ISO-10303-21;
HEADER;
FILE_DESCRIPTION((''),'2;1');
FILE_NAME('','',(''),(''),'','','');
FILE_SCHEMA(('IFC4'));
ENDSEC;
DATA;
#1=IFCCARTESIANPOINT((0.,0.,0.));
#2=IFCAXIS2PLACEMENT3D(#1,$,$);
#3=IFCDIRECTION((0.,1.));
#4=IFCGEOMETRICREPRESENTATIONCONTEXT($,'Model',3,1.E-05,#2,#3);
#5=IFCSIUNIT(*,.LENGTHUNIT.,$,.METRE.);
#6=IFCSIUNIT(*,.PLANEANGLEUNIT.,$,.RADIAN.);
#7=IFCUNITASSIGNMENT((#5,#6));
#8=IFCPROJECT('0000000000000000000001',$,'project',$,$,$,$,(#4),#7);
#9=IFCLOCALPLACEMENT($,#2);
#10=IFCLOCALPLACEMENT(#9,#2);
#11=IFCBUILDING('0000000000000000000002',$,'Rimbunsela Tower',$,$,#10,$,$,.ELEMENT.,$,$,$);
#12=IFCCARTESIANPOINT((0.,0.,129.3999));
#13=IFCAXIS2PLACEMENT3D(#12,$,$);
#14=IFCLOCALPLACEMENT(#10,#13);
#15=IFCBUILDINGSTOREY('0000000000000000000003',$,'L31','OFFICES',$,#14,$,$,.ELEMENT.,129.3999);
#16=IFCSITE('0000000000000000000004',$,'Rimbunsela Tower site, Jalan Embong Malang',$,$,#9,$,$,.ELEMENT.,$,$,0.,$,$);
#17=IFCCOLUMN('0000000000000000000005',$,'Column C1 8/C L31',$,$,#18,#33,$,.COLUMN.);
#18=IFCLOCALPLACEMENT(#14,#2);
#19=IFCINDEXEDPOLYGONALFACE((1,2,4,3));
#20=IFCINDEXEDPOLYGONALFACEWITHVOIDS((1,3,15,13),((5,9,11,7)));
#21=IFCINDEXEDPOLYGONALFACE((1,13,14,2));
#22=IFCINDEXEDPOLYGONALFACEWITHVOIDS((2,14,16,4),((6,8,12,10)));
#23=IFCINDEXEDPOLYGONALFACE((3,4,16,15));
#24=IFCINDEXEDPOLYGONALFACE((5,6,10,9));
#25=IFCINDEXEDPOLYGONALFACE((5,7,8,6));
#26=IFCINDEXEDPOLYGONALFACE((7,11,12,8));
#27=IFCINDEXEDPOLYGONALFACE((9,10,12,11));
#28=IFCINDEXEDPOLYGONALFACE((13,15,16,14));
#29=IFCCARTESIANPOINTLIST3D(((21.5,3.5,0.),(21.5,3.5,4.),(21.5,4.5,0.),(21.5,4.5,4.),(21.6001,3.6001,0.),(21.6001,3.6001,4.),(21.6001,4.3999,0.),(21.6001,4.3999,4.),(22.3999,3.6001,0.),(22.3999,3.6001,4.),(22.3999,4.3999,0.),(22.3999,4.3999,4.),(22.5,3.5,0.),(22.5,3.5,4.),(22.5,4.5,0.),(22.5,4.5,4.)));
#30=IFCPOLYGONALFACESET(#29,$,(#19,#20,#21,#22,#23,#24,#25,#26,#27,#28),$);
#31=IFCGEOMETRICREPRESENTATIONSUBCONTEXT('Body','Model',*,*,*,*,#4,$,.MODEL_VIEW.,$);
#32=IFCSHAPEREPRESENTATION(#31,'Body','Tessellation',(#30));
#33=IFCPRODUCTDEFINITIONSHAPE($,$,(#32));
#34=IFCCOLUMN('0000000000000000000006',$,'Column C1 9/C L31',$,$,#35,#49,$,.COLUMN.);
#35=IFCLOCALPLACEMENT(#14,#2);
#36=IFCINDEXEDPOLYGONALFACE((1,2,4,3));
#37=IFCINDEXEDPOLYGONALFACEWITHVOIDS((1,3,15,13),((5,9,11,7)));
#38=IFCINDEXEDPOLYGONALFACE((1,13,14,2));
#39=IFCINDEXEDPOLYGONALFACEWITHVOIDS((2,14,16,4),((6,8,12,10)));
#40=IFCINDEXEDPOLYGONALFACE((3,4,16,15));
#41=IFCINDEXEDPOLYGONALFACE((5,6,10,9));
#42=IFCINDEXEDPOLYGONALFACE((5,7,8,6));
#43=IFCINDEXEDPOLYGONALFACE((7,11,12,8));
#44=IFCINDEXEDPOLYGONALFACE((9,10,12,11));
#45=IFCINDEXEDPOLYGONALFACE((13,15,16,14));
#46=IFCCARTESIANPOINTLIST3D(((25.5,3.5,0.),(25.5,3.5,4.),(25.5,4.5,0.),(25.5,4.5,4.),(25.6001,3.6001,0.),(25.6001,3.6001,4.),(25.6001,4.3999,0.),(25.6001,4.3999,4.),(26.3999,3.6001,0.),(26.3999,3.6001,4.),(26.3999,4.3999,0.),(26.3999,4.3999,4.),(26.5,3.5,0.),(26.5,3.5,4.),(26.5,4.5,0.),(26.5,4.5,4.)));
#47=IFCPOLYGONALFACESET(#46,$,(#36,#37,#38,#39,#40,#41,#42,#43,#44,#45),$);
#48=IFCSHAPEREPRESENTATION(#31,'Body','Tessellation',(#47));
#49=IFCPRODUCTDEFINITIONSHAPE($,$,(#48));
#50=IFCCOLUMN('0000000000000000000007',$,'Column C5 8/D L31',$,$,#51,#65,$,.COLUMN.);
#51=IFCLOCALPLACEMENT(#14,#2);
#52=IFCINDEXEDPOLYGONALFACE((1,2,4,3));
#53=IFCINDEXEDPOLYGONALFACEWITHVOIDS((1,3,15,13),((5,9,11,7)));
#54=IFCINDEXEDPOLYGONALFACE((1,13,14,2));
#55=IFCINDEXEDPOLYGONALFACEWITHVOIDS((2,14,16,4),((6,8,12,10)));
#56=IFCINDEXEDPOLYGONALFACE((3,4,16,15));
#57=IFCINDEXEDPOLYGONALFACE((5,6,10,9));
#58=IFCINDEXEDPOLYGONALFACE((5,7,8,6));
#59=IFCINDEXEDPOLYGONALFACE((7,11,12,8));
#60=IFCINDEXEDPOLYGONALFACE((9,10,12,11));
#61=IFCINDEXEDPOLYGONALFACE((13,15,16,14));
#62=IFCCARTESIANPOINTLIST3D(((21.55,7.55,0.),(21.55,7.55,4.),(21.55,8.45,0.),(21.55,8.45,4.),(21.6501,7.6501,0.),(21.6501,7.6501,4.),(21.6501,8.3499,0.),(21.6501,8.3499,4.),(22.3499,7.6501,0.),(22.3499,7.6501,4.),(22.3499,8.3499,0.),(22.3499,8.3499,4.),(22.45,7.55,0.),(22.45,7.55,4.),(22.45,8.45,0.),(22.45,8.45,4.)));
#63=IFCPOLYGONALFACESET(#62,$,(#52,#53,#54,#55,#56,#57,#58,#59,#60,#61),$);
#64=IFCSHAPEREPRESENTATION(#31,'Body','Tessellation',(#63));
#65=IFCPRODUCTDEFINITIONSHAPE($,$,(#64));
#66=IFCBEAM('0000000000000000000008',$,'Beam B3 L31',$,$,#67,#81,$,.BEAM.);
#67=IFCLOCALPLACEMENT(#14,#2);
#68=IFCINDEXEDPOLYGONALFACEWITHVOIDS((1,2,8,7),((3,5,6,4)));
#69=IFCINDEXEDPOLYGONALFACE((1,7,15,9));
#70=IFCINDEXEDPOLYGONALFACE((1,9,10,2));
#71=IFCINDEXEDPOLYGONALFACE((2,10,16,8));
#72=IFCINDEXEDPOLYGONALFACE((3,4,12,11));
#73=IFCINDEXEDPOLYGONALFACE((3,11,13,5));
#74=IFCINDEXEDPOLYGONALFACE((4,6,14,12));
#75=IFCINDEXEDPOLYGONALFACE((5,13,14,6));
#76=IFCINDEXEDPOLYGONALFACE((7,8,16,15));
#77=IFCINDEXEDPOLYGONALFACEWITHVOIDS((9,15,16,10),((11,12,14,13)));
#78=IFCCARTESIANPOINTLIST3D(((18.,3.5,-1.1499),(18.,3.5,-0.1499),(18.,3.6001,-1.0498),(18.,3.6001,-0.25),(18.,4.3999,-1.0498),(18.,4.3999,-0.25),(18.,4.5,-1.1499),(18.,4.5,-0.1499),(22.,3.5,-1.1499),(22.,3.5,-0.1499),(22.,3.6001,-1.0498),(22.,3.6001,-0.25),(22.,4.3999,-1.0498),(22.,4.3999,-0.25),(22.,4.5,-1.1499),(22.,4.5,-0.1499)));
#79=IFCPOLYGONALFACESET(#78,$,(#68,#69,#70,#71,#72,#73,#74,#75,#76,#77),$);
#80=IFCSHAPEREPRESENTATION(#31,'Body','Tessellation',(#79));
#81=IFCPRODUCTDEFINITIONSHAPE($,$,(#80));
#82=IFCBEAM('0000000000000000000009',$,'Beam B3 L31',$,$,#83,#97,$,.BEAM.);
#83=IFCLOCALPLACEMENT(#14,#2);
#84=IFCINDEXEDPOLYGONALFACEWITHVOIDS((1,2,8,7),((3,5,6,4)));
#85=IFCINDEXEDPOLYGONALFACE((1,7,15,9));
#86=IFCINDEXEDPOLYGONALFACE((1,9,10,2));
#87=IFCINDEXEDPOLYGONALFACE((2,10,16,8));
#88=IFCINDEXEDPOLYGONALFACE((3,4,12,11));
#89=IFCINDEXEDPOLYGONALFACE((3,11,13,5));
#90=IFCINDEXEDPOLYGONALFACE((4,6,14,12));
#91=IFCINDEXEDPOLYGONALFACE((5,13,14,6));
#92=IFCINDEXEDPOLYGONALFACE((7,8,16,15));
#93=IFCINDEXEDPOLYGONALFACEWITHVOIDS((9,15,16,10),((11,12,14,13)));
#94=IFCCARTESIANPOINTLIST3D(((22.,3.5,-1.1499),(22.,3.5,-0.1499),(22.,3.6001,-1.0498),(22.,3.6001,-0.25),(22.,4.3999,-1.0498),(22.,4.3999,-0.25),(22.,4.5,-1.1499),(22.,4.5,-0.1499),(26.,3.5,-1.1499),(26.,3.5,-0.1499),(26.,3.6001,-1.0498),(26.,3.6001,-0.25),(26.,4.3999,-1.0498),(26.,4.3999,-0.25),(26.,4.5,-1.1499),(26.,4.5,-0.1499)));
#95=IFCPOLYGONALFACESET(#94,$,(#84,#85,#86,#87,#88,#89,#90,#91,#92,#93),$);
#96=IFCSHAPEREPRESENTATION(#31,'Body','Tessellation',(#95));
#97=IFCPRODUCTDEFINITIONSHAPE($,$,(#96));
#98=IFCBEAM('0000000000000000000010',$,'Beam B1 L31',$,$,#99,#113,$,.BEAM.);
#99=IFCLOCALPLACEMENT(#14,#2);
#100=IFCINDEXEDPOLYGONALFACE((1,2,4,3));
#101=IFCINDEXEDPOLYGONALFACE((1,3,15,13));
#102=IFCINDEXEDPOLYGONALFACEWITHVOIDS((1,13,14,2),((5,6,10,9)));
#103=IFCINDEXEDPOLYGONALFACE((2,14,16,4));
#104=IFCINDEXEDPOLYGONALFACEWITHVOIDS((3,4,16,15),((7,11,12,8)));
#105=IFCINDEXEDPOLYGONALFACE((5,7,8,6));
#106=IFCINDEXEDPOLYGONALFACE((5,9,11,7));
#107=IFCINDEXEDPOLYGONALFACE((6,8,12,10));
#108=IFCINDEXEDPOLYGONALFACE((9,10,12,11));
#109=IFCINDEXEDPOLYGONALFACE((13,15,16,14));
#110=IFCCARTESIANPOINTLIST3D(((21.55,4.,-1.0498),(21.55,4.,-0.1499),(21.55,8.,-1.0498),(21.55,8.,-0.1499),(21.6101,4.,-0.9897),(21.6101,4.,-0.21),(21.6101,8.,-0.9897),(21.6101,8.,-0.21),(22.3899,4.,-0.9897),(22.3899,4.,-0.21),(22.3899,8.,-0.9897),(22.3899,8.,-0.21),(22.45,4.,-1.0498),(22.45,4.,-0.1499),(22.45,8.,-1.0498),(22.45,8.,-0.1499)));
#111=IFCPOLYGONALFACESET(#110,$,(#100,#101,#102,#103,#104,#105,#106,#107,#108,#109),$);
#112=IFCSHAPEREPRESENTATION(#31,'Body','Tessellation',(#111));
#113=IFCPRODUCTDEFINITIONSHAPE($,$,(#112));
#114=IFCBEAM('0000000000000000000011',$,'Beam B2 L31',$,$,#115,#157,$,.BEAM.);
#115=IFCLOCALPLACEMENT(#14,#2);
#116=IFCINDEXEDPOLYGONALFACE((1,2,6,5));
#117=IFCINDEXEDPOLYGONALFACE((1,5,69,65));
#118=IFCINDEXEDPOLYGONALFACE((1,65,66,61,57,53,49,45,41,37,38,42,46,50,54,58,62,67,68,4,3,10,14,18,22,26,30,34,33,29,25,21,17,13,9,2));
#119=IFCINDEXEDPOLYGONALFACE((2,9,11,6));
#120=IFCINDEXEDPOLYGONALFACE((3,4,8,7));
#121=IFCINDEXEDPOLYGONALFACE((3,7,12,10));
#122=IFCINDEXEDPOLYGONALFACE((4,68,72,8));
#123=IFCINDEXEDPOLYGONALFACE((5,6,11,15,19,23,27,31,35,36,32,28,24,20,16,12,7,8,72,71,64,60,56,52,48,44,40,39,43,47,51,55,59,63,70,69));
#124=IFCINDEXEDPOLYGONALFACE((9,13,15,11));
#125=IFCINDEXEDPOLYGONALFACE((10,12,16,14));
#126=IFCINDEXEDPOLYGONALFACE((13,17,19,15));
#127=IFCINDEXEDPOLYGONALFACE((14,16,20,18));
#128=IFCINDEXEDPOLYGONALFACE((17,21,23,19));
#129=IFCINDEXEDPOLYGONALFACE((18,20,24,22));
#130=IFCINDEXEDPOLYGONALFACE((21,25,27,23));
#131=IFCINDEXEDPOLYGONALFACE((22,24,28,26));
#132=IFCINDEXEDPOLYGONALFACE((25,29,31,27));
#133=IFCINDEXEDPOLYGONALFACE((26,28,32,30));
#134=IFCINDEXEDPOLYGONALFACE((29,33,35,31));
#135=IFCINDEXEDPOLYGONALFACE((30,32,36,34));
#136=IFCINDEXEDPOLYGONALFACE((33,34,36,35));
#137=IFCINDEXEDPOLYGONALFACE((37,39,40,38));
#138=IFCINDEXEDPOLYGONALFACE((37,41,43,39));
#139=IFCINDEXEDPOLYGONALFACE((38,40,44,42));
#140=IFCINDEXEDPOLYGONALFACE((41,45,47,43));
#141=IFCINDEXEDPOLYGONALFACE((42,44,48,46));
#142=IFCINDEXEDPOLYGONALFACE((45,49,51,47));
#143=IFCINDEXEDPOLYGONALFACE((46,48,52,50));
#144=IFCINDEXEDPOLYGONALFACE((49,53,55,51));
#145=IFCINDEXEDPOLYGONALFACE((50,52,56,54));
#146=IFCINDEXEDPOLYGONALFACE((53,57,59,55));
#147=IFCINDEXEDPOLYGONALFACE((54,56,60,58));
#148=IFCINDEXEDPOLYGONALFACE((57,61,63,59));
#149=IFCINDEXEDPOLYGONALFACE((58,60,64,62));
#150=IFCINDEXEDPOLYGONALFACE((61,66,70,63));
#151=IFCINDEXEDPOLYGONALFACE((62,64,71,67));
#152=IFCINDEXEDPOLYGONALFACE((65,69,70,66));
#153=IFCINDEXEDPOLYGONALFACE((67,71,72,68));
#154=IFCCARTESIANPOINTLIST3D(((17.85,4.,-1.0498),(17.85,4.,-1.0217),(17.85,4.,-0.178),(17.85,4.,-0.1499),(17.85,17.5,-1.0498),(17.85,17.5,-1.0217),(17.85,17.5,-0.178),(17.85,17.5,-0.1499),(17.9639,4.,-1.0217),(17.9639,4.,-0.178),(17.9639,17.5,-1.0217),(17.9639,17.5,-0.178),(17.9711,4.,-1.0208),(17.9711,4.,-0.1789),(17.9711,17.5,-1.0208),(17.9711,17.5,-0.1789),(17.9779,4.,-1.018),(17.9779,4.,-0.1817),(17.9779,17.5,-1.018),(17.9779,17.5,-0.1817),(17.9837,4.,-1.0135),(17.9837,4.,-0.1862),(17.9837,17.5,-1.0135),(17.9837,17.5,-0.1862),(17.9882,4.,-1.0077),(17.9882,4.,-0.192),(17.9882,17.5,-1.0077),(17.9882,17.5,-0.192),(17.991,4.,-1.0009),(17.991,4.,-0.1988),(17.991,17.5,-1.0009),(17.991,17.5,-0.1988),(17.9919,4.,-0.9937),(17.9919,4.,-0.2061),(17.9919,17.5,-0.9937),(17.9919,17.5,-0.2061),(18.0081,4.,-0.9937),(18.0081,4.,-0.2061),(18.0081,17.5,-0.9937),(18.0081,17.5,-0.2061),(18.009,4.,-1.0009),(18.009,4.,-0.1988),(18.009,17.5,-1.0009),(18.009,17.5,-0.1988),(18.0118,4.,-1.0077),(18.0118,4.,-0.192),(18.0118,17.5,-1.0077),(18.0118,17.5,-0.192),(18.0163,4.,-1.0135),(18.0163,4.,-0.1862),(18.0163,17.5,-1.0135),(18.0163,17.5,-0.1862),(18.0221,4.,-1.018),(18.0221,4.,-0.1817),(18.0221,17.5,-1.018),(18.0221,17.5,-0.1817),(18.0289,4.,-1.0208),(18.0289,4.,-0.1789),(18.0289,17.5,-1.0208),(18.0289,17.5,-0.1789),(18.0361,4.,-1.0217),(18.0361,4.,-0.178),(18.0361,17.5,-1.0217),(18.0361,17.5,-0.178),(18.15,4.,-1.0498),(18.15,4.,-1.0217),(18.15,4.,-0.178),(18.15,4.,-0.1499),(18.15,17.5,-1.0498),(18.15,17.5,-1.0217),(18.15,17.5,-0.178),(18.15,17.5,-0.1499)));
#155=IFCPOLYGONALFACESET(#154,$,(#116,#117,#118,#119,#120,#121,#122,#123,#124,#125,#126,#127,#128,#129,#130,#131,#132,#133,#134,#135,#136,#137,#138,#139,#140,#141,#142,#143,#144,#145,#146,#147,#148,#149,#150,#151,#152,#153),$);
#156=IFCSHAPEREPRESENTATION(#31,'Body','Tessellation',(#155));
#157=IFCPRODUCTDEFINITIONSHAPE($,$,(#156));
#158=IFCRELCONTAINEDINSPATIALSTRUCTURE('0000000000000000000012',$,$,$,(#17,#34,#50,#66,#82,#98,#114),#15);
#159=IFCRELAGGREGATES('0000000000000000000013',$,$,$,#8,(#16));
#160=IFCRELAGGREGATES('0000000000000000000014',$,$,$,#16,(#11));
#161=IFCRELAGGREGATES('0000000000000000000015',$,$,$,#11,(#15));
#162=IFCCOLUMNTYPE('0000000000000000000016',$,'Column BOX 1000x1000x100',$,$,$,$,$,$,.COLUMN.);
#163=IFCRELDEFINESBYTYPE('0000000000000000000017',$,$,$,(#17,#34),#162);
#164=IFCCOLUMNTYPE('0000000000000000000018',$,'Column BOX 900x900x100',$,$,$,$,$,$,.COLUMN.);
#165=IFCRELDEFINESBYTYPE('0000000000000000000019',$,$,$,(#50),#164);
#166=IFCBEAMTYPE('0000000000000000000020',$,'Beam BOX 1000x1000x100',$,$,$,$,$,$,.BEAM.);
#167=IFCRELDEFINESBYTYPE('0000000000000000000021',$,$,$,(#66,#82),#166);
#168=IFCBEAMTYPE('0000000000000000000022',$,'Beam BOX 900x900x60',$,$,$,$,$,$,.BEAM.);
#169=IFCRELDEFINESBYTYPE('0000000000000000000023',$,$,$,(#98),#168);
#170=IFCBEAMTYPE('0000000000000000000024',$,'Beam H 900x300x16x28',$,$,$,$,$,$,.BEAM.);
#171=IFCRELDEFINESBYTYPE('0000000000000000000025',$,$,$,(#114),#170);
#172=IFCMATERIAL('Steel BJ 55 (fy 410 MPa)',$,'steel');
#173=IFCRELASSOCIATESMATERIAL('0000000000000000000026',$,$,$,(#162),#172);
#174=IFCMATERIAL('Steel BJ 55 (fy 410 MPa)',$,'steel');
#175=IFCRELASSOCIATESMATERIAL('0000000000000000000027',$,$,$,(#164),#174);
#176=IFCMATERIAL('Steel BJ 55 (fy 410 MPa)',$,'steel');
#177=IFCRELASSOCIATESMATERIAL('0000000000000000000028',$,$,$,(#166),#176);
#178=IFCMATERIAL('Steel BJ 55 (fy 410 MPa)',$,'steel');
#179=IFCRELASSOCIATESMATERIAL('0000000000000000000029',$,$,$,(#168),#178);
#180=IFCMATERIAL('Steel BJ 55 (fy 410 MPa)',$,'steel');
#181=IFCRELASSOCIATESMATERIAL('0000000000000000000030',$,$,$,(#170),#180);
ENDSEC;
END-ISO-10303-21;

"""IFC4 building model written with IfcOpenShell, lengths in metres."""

from ifc_helpers import new_model, si_unit, direction, frame, origin, origin_2d, place, context, subcontext, project, spatial, hollow_rectangle, i_section, extrude, material, material_profile, profile_set, type_object, element, save


model = new_model("IFC4")

# Units and contexts
model_context = context("Model", 3, precision=1e-05, world=origin(), true_north=direction((0.0, 1.0)))
body_context = subcontext(model_context, "Body", "Model", "MODEL_VIEW")
ifc_project = project(units=[si_unit("LENGTHUNIT", "METRE"), si_unit("PLANEANGLEUNIT", "RADIAN")], contexts=[model_context])

# Site, building, storey
site_placement = place(None, origin())
site = spatial("IfcSite", under=ifc_project, at=site_placement, Name="Rimbunsela Tower site, Jalan Embong Malang", CompositionType="ELEMENT", RefElevation=0.0)
building_placement = place(site_placement, origin())
building = spatial("IfcBuilding", under=site, at=building_placement, Name="Rimbunsela Tower", CompositionType="ELEMENT")
storey_placement = place(building_placement, frame((0.0, 0.0, 129.3999)))
storey = spatial("IfcBuildingStorey", under=building, at=storey_placement, Name="L31", Description="OFFICES", CompositionType="ELEMENT", Elevation=129.3999)

# Columns
ifc_material_1 = material(Name="Steel BJ 55 (fy 410 MPa)", Category="steel")
ifc_material_profile_1 = material_profile(ifc_material_1, hollow_rectangle(XDim=1.0, YDim=1.0, WallThickness=0.1001, at=origin_2d()), Name="BOX 1000x1000x100")
ifc_profile_set_1 = profile_set([ifc_material_profile_1], Name="Steel BJ 55 (fy 410 MPa)")
column_type_1 = type_object("IfcColumnType", Name="Column BOX 1000x1000x100", PredefinedType="COLUMN", material=ifc_profile_set_1)
for number, where, z_axis, x_axis, name in (
    (1, (22.0, 4.0, 0.0), (0.0, 0.0, 1.0), (1.0, 0.0, 0.0), "Column C1 8/C L31"),
    (2, (26.0, 4.0, 0.0), (0.0, 0.0, 1.0), (1.0, 0.0, 0.0), "Column C1 9/C L31"),
):
    element("IfcColumn", number, at=place(storey_placement, frame(where, z_axis=z_axis, x_axis=x_axis)), inside=storey, type_object=column_type_1, Name=name, PredefinedType="COLUMN", context=body_context, shape_type="SweptSolid", body=[
        extrude(hollow_rectangle(XDim=1.0, YDim=1.0, WallThickness=0.1001, at=origin_2d()), origin(), (0.0, 0.0, 1.0), 4.0),
    ])
ifc_material_2 = material(Name="Steel BJ 55 (fy 410 MPa)", Category="steel")
ifc_material_profile_2 = material_profile(ifc_material_2, hollow_rectangle(XDim=0.8999, YDim=0.8999, WallThickness=0.1001, at=origin_2d()), Name="BOX 900x900x100")
ifc_profile_set_2 = profile_set([ifc_material_profile_2], Name="Steel BJ 55 (fy 410 MPa)")
column_type_2 = type_object("IfcColumnType", Name="Column BOX 900x900x100", PredefinedType="COLUMN", material=ifc_profile_set_2)
column_placement = place(storey_placement, frame((22.0, 8.0, 0.0), z_axis=(0.0, 0.0, 1.0), x_axis=(1.0, 0.0, 0.0)))
element("IfcColumn", 3, at=column_placement, inside=storey, type_object=column_type_2, Name="Column C5 8/D L31", PredefinedType="COLUMN", context=body_context, shape_type="SweptSolid", body=[
    extrude(hollow_rectangle(XDim=0.8999, YDim=0.8999, WallThickness=0.1001, at=origin_2d()), origin(), (0.0, 0.0, 1.0), 4.0),
])

# Beams
ifc_material_3 = material(Name="Steel BJ 55 (fy 410 MPa)", Category="steel")
ifc_material_profile_3 = material_profile(ifc_material_3, hollow_rectangle(XDim=1.0, YDim=1.0, WallThickness=0.1001, at=origin_2d()), Name="BOX 1000x1000x100")
ifc_profile_set_3 = profile_set([ifc_material_profile_3], Name="Steel BJ 55 (fy 410 MPa)")
beam_type_1 = type_object("IfcBeamType", Name="Beam BOX 1000x1000x100", PredefinedType="BEAM", material=ifc_profile_set_3)
for number, where, z_axis, x_axis, name in (
    (4, (18.0, 4.0, -0.6499), (1.0, 0.0, 0.0), (0.0, 1.0, 0.0), "Beam B3 L31"),
    (5, (22.0, 4.0, -0.6499), (1.0, 0.0, 0.0), (0.0, 1.0, 0.0), "Beam B3 L31"),
):
    element("IfcBeam", number, at=place(storey_placement, frame(where, z_axis=z_axis, x_axis=x_axis)), inside=storey, type_object=beam_type_1, Name=name, PredefinedType="BEAM", context=body_context, shape_type="SweptSolid", body=[
        extrude(hollow_rectangle(XDim=1.0, YDim=1.0, WallThickness=0.1001, at=origin_2d()), origin(), (0.0, 0.0, 1.0), 4.0),
    ])
ifc_material_4 = material(Name="Steel BJ 55 (fy 410 MPa)", Category="steel")
ifc_material_profile_4 = material_profile(ifc_material_4, hollow_rectangle(XDim=0.8999, YDim=0.8999, WallThickness=0.0601, at=origin_2d()), Name="BOX 900x900x60")
ifc_profile_set_4 = profile_set([ifc_material_profile_4], Name="Steel BJ 55 (fy 410 MPa)")
beam_type_2 = type_object("IfcBeamType", Name="Beam BOX 900x900x60", PredefinedType="BEAM", material=ifc_profile_set_4)
beam_1_placement = place(storey_placement, frame((22.0, 4.0, -0.5999), z_axis=(0.0, 1.0, 0.0), x_axis=(-1.0, 0.0, 0.0)))
element("IfcBeam", 6, at=beam_1_placement, inside=storey, type_object=beam_type_2, Name="Beam B1 L31", PredefinedType="BEAM", context=body_context, shape_type="SweptSolid", body=[
    extrude(hollow_rectangle(XDim=0.8999, YDim=0.8999, WallThickness=0.0601, at=origin_2d()), origin(), (0.0, 0.0, 1.0), 4.0),
])
ifc_material_5 = material(Name="Steel BJ 55 (fy 410 MPa)", Category="steel")
ifc_material_profile_5 = material_profile(ifc_material_5, i_section(OverallWidth=0.3, OverallDepth=0.8999, WebThickness=0.0161, FlangeThickness=0.0281, FilletRadius=0.0281, at=origin_2d()), Name="H 900x300x16x28")
ifc_profile_set_5 = profile_set([ifc_material_profile_5], Name="Steel BJ 55 (fy 410 MPa)")
beam_type_3 = type_object("IfcBeamType", Name="Beam H 900x300x16x28", PredefinedType="BEAM", material=ifc_profile_set_5)
beam_2_placement = place(storey_placement, frame((18.0, 4.0, -0.5999), z_axis=(0.0, 1.0, 0.0), x_axis=(-1.0, 0.0, 0.0)))
element("IfcBeam", 7, at=beam_2_placement, inside=storey, type_object=beam_type_3, Name="Beam B2 L31", PredefinedType="BEAM", context=body_context, shape_type="SweptSolid", body=[
    extrude(i_section(OverallWidth=0.3, OverallDepth=0.8999, WebThickness=0.0161, FlangeThickness=0.0281, FilletRadius=0.0281, at=origin_2d()), origin(), (0.0, 0.0, 1.0), 13.5),
])

save(model, "model.ifc")
